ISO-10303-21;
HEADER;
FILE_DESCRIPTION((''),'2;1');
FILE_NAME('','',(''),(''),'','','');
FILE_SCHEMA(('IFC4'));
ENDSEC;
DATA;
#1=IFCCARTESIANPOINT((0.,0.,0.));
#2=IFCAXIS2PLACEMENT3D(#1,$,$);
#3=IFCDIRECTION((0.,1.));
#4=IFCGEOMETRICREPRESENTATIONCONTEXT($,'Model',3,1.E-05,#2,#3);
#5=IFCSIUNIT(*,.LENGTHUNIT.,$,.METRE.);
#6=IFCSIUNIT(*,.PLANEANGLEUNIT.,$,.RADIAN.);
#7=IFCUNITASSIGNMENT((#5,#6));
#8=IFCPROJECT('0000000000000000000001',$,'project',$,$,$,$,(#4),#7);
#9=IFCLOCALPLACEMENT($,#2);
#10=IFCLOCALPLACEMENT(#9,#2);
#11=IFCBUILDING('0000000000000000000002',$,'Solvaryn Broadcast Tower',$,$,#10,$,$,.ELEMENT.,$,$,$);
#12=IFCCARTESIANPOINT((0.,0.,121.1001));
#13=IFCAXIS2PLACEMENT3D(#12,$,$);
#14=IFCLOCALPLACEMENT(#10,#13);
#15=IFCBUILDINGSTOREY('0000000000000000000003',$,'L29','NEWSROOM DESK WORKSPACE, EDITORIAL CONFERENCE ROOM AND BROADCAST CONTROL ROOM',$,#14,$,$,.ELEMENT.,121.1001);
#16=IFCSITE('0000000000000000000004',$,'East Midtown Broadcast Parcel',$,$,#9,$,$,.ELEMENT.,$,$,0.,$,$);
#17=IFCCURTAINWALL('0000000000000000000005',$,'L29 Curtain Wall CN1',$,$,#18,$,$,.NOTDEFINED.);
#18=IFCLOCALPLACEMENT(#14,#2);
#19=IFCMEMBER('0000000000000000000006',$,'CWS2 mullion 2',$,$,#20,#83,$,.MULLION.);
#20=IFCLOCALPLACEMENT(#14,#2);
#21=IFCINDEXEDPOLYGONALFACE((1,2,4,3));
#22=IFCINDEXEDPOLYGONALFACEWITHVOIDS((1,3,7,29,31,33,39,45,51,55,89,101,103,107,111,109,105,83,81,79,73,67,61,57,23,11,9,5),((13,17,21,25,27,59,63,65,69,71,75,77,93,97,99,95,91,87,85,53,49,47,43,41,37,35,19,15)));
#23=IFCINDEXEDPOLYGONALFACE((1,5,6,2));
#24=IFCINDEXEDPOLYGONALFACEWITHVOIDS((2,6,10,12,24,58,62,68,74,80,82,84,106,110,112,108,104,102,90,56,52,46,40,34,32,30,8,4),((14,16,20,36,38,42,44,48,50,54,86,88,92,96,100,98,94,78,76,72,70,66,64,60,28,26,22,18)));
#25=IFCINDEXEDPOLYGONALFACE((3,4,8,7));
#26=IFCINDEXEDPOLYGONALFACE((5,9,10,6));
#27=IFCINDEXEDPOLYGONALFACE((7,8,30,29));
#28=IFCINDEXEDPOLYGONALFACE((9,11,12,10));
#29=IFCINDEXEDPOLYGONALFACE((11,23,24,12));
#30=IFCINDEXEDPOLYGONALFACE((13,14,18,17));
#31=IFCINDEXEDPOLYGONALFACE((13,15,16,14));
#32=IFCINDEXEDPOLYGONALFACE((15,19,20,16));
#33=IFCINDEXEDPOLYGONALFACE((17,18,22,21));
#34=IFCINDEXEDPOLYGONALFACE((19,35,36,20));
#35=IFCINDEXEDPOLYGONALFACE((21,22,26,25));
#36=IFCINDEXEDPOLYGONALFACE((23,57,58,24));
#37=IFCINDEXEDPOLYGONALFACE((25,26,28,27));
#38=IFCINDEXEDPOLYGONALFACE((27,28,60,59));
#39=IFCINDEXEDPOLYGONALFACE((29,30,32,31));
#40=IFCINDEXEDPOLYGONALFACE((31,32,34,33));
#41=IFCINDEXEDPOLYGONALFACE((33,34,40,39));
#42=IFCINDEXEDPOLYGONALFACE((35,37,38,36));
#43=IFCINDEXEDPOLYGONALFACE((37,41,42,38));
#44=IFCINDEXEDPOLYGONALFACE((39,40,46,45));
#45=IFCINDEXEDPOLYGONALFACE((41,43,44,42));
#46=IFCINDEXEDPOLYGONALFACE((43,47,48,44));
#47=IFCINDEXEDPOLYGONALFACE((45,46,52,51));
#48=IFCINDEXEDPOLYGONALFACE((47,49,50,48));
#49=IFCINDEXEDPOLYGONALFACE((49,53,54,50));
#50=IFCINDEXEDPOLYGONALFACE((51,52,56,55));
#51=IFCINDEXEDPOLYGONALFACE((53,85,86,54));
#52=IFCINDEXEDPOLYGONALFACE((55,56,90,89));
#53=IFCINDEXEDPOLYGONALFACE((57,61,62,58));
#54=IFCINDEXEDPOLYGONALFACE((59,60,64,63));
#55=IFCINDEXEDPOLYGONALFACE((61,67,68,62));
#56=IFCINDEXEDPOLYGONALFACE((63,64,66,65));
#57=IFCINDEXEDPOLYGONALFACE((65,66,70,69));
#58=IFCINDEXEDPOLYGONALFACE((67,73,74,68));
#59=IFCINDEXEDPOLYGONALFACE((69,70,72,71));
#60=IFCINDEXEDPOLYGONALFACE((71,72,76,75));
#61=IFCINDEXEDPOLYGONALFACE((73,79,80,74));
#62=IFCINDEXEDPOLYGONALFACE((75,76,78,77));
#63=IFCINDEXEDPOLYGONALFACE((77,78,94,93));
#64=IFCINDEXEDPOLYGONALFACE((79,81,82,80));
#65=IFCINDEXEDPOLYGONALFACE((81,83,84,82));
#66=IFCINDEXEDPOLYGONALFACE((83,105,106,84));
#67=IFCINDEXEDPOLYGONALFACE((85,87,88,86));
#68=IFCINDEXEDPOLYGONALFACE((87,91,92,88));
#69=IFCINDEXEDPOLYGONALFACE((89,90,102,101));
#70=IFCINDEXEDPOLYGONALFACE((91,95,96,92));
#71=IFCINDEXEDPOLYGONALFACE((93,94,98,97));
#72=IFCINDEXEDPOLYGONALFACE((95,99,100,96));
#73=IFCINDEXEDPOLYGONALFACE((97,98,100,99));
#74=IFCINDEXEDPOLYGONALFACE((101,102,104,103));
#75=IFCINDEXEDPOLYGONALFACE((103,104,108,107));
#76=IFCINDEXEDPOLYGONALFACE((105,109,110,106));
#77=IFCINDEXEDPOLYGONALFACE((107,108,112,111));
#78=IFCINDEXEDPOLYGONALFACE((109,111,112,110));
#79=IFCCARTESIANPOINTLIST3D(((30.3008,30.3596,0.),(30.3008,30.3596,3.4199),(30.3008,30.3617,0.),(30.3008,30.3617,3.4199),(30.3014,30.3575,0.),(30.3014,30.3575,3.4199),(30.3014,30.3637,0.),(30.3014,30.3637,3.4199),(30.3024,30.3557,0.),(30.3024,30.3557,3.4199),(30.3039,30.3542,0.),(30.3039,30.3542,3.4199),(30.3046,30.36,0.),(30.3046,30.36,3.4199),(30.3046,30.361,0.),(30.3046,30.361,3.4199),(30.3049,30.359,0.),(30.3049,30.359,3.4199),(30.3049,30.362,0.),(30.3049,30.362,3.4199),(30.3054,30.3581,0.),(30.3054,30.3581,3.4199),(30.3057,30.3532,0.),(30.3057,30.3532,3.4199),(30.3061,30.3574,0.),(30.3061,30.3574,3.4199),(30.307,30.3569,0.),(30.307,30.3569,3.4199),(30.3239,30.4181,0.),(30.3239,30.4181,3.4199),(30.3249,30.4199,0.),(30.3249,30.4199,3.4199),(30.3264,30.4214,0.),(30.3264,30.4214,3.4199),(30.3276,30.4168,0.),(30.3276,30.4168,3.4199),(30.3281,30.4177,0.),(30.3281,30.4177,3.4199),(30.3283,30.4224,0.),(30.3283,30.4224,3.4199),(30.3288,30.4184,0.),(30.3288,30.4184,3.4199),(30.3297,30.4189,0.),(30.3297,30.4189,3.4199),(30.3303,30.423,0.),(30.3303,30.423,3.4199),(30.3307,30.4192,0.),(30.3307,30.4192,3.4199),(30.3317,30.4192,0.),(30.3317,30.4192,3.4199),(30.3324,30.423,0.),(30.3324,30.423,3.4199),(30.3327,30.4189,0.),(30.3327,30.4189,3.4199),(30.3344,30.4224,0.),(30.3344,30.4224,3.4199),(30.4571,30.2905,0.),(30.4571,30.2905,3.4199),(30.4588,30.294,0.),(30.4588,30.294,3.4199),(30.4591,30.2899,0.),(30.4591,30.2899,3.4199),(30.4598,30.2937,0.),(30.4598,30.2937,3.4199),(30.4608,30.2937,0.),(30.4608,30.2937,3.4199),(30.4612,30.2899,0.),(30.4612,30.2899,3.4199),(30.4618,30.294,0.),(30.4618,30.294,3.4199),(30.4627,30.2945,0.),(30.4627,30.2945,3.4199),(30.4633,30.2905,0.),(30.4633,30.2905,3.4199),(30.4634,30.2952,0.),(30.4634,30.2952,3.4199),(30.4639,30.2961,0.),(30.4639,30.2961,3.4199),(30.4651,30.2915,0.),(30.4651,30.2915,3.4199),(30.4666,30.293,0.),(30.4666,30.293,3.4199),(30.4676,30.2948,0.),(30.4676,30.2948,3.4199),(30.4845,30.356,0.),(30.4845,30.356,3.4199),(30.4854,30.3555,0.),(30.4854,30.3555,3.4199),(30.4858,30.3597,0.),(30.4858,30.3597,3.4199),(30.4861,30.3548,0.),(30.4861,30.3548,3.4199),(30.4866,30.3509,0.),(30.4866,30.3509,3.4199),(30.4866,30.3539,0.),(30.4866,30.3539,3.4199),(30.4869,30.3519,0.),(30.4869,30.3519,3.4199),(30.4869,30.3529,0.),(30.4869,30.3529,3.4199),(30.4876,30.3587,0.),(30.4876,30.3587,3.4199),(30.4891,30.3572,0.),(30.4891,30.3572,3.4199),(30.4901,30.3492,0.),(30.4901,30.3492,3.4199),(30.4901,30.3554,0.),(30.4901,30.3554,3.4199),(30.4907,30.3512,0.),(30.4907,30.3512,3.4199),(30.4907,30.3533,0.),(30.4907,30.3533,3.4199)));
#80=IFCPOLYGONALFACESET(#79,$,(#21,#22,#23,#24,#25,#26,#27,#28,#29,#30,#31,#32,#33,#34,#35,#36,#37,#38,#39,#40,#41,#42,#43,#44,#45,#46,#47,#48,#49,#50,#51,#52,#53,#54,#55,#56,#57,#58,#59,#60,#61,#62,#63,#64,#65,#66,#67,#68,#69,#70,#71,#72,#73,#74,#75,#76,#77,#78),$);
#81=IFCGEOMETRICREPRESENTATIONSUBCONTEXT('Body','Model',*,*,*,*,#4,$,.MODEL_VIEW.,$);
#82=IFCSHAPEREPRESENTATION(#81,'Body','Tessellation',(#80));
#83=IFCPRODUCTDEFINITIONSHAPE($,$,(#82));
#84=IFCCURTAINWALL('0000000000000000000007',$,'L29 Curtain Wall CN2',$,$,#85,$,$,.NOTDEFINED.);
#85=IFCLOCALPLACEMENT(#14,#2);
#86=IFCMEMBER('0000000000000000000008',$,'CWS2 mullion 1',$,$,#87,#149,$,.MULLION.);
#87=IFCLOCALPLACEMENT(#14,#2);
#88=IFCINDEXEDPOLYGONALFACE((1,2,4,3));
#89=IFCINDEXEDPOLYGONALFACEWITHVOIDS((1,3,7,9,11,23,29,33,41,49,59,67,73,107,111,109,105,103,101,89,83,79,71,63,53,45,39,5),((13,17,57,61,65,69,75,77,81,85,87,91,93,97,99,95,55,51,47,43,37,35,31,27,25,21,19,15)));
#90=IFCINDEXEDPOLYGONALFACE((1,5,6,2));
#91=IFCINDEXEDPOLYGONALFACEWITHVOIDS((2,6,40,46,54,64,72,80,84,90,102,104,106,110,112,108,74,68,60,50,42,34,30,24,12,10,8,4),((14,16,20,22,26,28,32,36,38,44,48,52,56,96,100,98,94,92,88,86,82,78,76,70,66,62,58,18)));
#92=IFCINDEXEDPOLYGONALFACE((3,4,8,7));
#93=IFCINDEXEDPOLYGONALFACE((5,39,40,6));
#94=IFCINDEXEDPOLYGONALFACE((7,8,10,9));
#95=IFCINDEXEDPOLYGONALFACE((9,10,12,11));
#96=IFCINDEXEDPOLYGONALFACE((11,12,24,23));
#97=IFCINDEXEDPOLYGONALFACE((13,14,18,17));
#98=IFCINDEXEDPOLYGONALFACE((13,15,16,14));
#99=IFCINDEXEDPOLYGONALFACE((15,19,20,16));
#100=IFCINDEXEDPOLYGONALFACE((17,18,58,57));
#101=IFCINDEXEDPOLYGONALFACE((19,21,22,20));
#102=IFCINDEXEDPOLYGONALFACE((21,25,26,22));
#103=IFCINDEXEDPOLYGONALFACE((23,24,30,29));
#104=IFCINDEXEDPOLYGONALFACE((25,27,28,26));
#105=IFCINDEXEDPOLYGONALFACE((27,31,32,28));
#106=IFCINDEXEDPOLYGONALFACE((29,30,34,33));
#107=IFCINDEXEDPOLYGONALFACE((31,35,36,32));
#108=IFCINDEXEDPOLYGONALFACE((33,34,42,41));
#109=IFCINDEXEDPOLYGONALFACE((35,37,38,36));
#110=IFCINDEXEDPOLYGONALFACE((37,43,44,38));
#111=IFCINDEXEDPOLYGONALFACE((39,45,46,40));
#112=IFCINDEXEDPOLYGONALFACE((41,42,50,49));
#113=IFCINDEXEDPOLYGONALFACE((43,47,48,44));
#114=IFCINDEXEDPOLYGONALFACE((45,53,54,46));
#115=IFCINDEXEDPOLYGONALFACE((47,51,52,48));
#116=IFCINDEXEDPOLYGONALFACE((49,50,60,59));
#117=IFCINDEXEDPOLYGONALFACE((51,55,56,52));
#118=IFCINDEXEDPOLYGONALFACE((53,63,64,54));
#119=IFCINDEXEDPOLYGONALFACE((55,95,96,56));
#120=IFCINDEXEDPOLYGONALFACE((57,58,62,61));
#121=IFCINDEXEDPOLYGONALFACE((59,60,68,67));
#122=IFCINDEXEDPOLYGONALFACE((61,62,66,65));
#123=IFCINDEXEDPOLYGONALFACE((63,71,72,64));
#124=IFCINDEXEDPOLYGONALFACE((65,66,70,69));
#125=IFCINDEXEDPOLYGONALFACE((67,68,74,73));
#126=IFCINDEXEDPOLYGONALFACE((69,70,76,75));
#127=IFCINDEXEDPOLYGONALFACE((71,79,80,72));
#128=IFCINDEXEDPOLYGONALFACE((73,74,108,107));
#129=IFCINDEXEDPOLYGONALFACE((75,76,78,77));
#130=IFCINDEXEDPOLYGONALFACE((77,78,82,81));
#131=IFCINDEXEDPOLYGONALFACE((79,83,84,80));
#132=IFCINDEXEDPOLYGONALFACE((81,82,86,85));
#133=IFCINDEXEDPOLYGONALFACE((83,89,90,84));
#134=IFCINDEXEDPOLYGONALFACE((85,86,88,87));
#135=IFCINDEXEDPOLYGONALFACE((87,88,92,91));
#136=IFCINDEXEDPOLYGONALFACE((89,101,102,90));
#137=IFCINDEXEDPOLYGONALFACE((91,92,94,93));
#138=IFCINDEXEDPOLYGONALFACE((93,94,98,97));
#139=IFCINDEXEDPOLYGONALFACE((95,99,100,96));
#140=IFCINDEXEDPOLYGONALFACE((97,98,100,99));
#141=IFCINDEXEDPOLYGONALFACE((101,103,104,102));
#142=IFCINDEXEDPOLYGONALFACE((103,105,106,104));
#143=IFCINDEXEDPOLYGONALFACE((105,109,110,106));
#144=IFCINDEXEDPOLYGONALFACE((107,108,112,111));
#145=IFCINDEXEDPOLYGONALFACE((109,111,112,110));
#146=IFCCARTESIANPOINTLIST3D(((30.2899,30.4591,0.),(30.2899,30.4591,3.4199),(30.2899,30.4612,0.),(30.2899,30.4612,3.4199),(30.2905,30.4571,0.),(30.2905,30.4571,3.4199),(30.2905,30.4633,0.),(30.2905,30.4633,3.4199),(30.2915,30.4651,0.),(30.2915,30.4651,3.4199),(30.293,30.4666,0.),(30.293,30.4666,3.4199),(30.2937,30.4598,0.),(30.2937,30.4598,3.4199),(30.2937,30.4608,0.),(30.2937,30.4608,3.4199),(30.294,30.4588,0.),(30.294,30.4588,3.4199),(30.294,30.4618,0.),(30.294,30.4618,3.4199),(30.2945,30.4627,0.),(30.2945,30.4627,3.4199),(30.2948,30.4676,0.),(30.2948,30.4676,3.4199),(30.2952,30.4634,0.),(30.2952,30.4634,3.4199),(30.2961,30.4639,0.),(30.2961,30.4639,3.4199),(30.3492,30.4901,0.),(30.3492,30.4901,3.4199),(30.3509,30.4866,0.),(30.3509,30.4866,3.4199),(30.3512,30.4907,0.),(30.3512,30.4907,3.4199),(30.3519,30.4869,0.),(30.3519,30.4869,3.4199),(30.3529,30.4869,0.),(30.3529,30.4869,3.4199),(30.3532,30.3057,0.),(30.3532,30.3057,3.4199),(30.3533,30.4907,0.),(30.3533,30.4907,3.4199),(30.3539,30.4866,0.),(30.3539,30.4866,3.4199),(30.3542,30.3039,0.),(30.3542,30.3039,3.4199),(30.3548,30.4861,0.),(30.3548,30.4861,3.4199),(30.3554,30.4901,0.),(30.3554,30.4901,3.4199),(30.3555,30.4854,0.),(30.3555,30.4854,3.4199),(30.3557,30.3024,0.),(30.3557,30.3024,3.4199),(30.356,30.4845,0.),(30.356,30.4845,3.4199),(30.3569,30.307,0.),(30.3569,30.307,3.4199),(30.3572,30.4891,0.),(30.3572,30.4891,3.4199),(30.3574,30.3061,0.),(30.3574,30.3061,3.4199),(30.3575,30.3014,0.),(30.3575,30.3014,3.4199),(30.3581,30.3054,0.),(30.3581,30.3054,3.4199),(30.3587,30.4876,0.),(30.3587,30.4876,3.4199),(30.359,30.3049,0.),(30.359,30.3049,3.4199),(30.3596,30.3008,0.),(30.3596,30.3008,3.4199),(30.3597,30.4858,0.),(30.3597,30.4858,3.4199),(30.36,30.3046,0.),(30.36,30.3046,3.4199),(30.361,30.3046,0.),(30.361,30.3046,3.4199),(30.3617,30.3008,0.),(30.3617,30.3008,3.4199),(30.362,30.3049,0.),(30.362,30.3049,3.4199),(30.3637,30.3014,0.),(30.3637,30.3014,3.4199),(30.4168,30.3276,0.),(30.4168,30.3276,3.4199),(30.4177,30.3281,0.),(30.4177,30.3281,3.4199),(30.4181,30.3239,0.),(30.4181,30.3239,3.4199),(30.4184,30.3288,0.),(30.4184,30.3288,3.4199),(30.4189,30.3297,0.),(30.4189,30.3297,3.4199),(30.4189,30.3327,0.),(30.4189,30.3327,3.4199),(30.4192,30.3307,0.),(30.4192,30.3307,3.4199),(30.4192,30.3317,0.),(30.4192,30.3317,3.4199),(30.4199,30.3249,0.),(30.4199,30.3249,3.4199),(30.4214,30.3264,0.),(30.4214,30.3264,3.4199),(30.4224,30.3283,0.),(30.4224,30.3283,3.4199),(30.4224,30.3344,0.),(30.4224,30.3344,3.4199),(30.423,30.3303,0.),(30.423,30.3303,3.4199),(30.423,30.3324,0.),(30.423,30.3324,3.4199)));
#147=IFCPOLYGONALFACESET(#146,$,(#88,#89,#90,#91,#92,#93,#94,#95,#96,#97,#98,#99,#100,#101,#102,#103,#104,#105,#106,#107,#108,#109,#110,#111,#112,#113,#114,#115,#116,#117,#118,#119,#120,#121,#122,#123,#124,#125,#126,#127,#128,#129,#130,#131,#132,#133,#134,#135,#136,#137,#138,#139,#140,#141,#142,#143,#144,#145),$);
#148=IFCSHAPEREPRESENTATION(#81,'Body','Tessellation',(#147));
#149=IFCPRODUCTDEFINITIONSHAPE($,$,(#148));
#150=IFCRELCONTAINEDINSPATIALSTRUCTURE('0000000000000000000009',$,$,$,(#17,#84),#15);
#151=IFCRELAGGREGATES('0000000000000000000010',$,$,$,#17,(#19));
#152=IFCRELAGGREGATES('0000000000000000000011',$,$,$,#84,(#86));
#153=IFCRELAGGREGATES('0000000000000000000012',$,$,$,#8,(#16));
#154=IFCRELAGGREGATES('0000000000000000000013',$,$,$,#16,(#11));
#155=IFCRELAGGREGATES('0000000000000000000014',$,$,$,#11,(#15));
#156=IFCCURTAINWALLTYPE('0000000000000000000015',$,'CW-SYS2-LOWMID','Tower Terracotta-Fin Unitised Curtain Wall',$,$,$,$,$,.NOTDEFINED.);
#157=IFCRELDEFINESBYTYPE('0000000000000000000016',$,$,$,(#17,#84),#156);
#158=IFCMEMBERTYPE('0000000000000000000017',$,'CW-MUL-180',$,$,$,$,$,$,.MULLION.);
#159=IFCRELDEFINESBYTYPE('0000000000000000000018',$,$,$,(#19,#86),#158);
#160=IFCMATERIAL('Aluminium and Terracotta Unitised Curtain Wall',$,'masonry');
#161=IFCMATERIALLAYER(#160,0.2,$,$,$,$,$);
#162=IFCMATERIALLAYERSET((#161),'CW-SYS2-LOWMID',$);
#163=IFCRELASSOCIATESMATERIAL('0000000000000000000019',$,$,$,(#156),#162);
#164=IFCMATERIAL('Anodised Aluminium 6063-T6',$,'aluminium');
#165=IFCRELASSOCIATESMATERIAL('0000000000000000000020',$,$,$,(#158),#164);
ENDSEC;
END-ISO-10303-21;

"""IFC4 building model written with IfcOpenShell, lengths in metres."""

from ifc_helpers import new_model, si_unit, direction, frame, origin, origin_2d, place, context, subcontext, project, spatial, hollow_rectangle, extrude, material, layer, layer_set, material_profile, profile_set, type_object, element, aggregate, save


model = new_model("IFC4")

# Units and contexts
model_context = context("Model", 3, precision=1e-05, world=origin(), true_north=direction((0.0, 1.0)))
body_context = subcontext(model_context, "Body", "Model", "MODEL_VIEW")
ifc_project = project(units=[si_unit("LENGTHUNIT", "METRE"), si_unit("PLANEANGLEUNIT", "RADIAN")], contexts=[model_context])

# Site, building, storey
site_placement = place(None, origin())
site = spatial("IfcSite", under=ifc_project, at=site_placement, Name="East Midtown Broadcast Parcel", CompositionType="ELEMENT", RefElevation=0.0)
building_placement = place(site_placement, origin())
building = spatial("IfcBuilding", under=site, at=building_placement, Name="Solvaryn Broadcast Tower", CompositionType="ELEMENT")
storey_placement = place(building_placement, frame((0.0, 0.0, 121.1001)))
storey = spatial("IfcBuildingStorey", under=building, at=storey_placement, Name="L29", Description="NEWSROOM DESK WORKSPACE, EDITORIAL CONFERENCE ROOM AND BROADCAST CONTROL ROOM", CompositionType="ELEMENT", Elevation=121.1001)

# Curtain wall, member
ifc_material_1 = material(Name="Aluminium and Terracotta Unitised Curtain Wall", Category="masonry")
ifc_layer_1 = layer(ifc_material_1, 0.2)
ifc_layer_set_1 = layer_set([ifc_layer_1], Name="CW-SYS2-LOWMID")
curtain_wall_type = type_object("IfcCurtainWallType", Name="CW-SYS2-LOWMID", Description="Tower Terracotta-Fin Unitised Curtain Wall", PredefinedType="NOTDEFINED", material=ifc_layer_set_1)
curtain_wall_1_placement = place(storey_placement, origin())
curtain_wall_1 = element("IfcCurtainWall", 1, at=curtain_wall_1_placement, inside=storey, type_object=curtain_wall_type, Name="L29 Curtain Wall CN1", PredefinedType="NOTDEFINED")
ifc_material_2 = material(Name="Anodised Aluminium 6063-T6", Category="aluminium")
ifc_material_profile_1 = material_profile(ifc_material_2, hollow_rectangle(XDim=0.075, YDim=0.1799, WallThickness=0.0039, InnerFilletRadius=0.0039, OuterFilletRadius=0.0081, at=origin_2d()))
ifc_profile_set_1 = profile_set([ifc_material_profile_1], Name="Anodised Aluminium 6063-T6")
member_type_1 = type_object("IfcMemberType", Name="CW-MUL-180", PredefinedType="MULLION", material=ifc_profile_set_1)
member_1_placement = place(storey_placement, frame((30.3958, 30.3564, 0.0), z_axis=(0.0, 0.0, 1.0), x_axis=(-0.382646, -0.923895, 0.0)))
member_1 = element("IfcMember", 2, at=member_1_placement, type_object=member_type_1, Name="CWS2 mullion 2", PredefinedType="MULLION", context=body_context, shape_type="SweptSolid", body=[
    extrude(hollow_rectangle(XDim=0.075, YDim=0.1799, WallThickness=0.0039, InnerFilletRadius=0.0039, OuterFilletRadius=0.0081, at=origin_2d()), origin(), (0.0, 0.0, 1.0), 3.4199),
])

# Curtain wall, member
curtain_wall_2_placement = place(storey_placement, origin())
curtain_wall_2 = element("IfcCurtainWall", 3, at=curtain_wall_2_placement, inside=storey, type_object=curtain_wall_type, Name="L29 Curtain Wall CN2", PredefinedType="NOTDEFINED")
member_2_placement = place(storey_placement, frame((30.3564, 30.3958, 0.0), z_axis=(0.0, 0.0, 1.0), x_axis=(-0.923895, -0.382646, 0.0)))
member_2 = element("IfcMember", 4, at=member_2_placement, type_object=member_type_1, Name="CWS2 mullion 1", PredefinedType="MULLION", context=body_context, shape_type="SweptSolid", body=[
    extrude(hollow_rectangle(XDim=0.075, YDim=0.1799, WallThickness=0.0039, InnerFilletRadius=0.0039, OuterFilletRadius=0.0081, at=origin_2d()), origin(), (0.0, 0.0, 1.0), 3.4199),
])

aggregate(curtain_wall_1, [member_1])
aggregate(curtain_wall_2, [member_2])

save(model, "model.ifc")
